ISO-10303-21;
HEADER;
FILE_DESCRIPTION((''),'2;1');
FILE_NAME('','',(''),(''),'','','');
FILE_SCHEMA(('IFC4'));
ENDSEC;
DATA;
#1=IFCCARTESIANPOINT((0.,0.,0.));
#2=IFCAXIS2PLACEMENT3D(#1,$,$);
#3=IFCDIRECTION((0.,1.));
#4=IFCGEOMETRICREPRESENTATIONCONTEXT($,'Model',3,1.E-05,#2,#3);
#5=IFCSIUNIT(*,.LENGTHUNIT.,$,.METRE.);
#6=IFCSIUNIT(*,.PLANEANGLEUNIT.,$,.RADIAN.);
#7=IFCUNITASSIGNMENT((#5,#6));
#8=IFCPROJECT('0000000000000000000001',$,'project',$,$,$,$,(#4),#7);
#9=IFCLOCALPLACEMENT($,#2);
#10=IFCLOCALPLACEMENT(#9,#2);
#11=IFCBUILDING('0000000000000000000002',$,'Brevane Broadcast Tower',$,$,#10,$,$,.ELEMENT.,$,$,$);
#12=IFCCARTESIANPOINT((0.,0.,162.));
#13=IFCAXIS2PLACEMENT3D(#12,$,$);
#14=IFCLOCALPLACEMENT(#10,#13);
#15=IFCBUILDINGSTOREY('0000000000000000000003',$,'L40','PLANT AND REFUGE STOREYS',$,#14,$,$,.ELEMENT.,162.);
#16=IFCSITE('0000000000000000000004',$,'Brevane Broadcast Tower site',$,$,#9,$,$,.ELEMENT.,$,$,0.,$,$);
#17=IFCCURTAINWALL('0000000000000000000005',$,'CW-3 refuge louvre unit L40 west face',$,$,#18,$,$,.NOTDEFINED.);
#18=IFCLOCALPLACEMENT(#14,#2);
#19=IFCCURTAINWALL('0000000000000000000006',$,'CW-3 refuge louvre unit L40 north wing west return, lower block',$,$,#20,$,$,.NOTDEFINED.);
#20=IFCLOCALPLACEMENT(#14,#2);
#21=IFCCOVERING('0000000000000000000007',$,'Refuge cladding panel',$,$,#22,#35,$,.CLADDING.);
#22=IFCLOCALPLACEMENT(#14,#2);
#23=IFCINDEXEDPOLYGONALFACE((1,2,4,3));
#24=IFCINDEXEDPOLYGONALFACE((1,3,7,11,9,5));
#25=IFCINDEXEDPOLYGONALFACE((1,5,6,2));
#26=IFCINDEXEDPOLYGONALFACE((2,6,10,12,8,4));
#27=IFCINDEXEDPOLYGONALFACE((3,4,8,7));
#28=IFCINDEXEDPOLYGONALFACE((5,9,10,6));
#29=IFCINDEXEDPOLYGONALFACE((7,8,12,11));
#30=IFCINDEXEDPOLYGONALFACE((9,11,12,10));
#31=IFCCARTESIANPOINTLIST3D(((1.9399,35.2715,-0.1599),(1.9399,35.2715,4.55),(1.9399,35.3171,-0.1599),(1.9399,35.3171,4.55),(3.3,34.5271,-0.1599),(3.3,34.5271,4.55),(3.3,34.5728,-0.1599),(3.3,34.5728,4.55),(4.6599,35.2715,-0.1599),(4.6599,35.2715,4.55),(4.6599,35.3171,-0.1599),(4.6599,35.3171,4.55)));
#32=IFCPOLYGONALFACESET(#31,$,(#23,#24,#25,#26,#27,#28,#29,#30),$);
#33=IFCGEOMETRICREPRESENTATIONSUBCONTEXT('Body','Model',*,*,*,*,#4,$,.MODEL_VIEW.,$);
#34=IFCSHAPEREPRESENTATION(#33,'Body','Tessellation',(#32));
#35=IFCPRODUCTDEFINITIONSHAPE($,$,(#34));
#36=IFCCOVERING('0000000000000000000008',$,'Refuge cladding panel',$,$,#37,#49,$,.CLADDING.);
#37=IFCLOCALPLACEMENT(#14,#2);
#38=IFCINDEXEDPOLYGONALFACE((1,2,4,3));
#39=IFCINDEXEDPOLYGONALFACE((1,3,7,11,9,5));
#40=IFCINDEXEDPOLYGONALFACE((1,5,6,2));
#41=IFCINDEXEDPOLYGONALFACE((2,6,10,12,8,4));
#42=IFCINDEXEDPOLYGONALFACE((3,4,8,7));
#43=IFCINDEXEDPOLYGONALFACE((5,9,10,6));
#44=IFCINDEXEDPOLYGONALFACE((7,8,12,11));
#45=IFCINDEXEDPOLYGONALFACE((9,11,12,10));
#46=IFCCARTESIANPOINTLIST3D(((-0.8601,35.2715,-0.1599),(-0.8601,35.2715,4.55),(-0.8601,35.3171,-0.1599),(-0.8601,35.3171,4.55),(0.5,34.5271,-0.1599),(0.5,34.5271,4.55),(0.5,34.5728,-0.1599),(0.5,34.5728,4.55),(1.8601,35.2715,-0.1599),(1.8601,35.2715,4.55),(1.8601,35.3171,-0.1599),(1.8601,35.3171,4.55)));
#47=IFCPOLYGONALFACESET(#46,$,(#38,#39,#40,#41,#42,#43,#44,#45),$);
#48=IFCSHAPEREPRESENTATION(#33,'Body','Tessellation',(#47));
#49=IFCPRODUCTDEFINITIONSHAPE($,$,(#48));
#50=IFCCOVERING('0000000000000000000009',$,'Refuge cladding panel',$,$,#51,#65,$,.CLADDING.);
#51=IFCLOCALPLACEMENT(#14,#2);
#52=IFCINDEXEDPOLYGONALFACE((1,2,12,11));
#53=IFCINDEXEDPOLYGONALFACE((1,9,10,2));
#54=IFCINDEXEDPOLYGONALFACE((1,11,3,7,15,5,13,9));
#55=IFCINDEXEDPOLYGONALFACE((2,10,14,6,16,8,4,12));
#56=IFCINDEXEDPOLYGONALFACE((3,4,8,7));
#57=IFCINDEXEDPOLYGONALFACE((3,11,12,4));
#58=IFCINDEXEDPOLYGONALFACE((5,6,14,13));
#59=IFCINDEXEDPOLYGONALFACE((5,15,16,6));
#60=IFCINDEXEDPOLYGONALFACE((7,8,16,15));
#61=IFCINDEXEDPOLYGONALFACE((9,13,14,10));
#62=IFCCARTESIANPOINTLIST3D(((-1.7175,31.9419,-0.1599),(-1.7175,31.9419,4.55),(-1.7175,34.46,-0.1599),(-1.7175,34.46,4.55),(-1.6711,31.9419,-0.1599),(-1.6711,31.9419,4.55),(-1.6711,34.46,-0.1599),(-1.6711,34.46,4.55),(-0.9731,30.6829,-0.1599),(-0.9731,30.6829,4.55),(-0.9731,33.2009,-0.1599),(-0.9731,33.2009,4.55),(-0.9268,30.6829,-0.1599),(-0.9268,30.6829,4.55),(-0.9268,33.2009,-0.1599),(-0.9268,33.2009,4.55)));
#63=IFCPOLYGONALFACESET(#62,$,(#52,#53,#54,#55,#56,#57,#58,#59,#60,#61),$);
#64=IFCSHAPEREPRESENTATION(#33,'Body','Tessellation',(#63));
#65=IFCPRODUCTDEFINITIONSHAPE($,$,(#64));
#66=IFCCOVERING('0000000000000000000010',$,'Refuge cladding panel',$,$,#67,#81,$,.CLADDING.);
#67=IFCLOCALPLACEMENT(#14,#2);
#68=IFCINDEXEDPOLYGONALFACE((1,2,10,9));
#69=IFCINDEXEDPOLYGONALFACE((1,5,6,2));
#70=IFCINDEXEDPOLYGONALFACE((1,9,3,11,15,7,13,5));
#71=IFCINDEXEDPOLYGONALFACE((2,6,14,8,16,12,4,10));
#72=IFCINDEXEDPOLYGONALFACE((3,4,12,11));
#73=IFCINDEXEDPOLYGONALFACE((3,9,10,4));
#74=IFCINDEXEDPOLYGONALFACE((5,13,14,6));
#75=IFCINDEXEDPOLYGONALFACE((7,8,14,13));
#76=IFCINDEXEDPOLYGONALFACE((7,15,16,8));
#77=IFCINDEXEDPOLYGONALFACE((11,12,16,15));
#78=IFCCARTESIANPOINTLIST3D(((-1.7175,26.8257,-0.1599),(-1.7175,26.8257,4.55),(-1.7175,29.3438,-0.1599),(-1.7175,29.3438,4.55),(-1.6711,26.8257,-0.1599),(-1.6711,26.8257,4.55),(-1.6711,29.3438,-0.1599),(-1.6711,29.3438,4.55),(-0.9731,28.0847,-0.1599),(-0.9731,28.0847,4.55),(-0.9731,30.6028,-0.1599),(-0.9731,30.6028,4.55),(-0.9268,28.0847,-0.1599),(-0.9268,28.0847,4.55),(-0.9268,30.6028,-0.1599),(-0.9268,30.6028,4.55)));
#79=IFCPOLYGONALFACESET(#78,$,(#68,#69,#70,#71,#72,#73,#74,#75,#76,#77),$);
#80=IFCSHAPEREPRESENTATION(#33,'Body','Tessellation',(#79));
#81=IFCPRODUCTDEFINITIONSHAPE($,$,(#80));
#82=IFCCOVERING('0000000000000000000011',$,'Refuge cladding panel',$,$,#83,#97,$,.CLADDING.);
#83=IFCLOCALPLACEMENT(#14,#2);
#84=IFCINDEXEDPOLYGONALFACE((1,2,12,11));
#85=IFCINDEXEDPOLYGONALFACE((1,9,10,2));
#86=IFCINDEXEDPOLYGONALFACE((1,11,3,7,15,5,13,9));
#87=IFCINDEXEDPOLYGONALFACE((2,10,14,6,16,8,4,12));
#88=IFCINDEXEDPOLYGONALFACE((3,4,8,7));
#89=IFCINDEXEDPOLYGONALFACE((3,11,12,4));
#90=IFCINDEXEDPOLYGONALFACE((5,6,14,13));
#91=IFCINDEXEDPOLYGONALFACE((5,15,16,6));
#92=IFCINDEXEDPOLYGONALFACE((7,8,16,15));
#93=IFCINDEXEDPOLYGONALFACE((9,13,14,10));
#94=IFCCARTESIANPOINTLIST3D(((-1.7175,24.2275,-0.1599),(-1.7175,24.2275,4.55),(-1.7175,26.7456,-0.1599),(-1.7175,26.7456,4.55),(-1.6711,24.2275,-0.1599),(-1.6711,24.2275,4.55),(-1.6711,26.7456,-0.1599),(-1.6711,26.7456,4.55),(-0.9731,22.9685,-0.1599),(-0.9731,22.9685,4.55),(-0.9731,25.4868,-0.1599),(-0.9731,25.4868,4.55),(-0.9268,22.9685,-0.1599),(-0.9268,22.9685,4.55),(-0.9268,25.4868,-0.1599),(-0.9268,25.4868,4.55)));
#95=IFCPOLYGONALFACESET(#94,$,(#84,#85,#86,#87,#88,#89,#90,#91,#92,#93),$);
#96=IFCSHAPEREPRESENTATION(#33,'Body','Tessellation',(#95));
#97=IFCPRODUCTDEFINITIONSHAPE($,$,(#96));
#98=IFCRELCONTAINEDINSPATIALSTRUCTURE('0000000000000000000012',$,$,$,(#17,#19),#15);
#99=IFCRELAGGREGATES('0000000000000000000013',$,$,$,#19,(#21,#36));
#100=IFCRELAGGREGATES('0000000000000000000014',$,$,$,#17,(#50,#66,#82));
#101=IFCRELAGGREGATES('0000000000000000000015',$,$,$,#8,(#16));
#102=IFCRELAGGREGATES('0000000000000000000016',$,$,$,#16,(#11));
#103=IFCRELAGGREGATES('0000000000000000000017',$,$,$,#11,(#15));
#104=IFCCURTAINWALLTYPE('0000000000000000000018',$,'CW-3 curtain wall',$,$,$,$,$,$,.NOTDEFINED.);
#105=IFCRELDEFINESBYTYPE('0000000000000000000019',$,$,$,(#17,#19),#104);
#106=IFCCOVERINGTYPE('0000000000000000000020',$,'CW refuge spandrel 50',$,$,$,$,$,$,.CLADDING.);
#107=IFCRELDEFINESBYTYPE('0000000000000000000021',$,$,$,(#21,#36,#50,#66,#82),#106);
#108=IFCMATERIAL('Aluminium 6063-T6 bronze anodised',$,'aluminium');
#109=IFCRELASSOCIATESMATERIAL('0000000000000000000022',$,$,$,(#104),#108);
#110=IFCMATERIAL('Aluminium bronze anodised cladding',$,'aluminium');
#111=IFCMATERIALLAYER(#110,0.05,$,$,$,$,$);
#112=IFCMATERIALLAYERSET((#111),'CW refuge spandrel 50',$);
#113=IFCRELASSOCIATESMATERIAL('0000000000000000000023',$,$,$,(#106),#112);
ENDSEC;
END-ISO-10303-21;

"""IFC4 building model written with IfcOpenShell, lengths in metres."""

from ifc_helpers import new_model, si_unit, direction, frame, origin, place, context, subcontext, project, spatial, polyline, outline, extrude, material, layer, layer_set, type_object, element, aggregate, save


model = new_model("IFC4")

# Units and contexts
model_context = context("Model", 3, precision=1e-05, world=origin(), true_north=direction((0.0, 1.0)))
body_context = subcontext(model_context, "Body", "Model", "MODEL_VIEW")
ifc_project = project(units=[si_unit("LENGTHUNIT", "METRE"), si_unit("PLANEANGLEUNIT", "RADIAN")], contexts=[model_context])

# Site, building, storey
site_placement = place(None, origin())
site = spatial("IfcSite", under=ifc_project, at=site_placement, Name="Brevane Broadcast Tower site", CompositionType="ELEMENT", RefElevation=0.0)
building_placement = place(site_placement, origin())
building = spatial("IfcBuilding", under=site, at=building_placement, Name="Brevane Broadcast Tower", CompositionType="ELEMENT")
storey_placement = place(building_placement, frame((0.0, 0.0, 162.0)))
storey = spatial("IfcBuildingStorey", under=building, at=storey_placement, Name="L40", Description="PLANT AND REFUGE STOREYS", CompositionType="ELEMENT", Elevation=162.0)

# Curtain wall
ifc_material_1 = material(Name="Aluminium 6063-T6 bronze anodised", Category="aluminium")
curtain_wall_type = type_object("IfcCurtainWallType", Name="CW-3 curtain wall", PredefinedType="NOTDEFINED", material=ifc_material_1)
curtain_wall_1_placement = place(storey_placement, origin())
curtain_wall_1 = element("IfcCurtainWall", 1, at=curtain_wall_1_placement, inside=storey, type_object=curtain_wall_type, Name="CW-3 refuge louvre unit L40 west face", PredefinedType="NOTDEFINED")

# Curtain wall, coverings
ifc_material_2 = material(Name="Aluminium bronze anodised cladding", Category="aluminium")
ifc_layer = layer(ifc_material_2, 0.05)
ifc_layer_set = layer_set([ifc_layer], Name="CW refuge spandrel 50")
covering_type = type_object("IfcCoveringType", Name="CW refuge spandrel 50", PredefinedType="CLADDING", material=ifc_layer_set)
curtain_wall_2_placement = place(storey_placement, origin())
curtain_wall_2 = element("IfcCurtainWall", 2, at=curtain_wall_2_placement, inside=storey, type_object=curtain_wall_type, Name="CW-3 refuge louvre unit L40 north wing west return, lower block", PredefinedType="NOTDEFINED")
covering_1_placement = place(storey_placement, frame((0.0, 0.0, -0.1599)))
covering_1 = element("IfcCovering", 3, at=covering_1_placement, type_object=covering_type, Name="Refuge cladding panel", PredefinedType="CLADDING", context=body_context, shape_type="SweptSolid", body=[
    extrude(outline(polyline([(4.6599, 35.2715), (4.6599, 35.3171), (3.3, 34.5728), (1.9399, 35.3171), (1.9399, 35.2715), (3.3, 34.5271), (4.6599, 35.2715)])), origin(), (0.0, 0.0, 1.0), 4.71),
])
covering_2_placement = place(storey_placement, frame((0.0, 0.0, -0.1599)))
covering_2 = element("IfcCovering", 4, at=covering_2_placement, type_object=covering_type, Name="Refuge cladding panel", PredefinedType="CLADDING", context=body_context, shape_type="SweptSolid", body=[
    extrude(outline(polyline([(1.8601, 35.2715), (1.8601, 35.3171), (0.5, 34.5728), (-0.8601, 35.3171), (-0.8601, 35.2715), (0.5, 34.5271), (1.8601, 35.2715)])), origin(), (0.0, 0.0, 1.0), 4.71),
])
aggregate(curtain_wall_2, [covering_1, covering_2])

# Coverings
covering_3_placement = place(storey_placement, frame((0.0, 0.0, -0.1599)))
covering_3 = element("IfcCovering", 5, at=covering_3_placement, type_object=covering_type, Name="Refuge cladding panel", PredefinedType="CLADDING", context=body_context, shape_type="SweptSolid", body=[
    extrude(outline(polyline([(-1.6711, 34.46), (-1.7175, 34.46), (-0.9731, 33.2009), (-1.7175, 31.9419), (-0.9731, 30.6829), (-0.9268, 30.6829), (-1.6711, 31.9419), (-0.9268, 33.2009), (-1.6711, 34.46)])), origin(), (0.0, 0.0, 1.0), 4.71),
])
covering_4_placement = place(storey_placement, frame((0.0, 0.0, -0.1599)))
covering_4 = element("IfcCovering", 6, at=covering_4_placement, type_object=covering_type, Name="Refuge cladding panel", PredefinedType="CLADDING", context=body_context, shape_type="SweptSolid", body=[
    extrude(outline(polyline([(-0.9268, 30.6028), (-0.9731, 30.6028), (-1.7175, 29.3438), (-0.9731, 28.0847), (-1.7175, 26.8257), (-1.6711, 26.8257), (-0.9268, 28.0847), (-1.6711, 29.3438), (-0.9268, 30.6028)])), origin(), (0.0, 0.0, 1.0), 4.71),
])
covering_5_placement = place(storey_placement, frame((0.0, 0.0, -0.1599)))
covering_5 = element("IfcCovering", 7, at=covering_5_placement, type_object=covering_type, Name="Refuge cladding panel", PredefinedType="CLADDING", context=body_context, shape_type="SweptSolid", body=[
    extrude(outline(polyline([(-1.6711, 26.7456), (-1.7175, 26.7456), (-0.9731, 25.4868), (-1.7175, 24.2275), (-0.9731, 22.9685), (-0.9268, 22.9685), (-1.6711, 24.2275), (-0.9268, 25.4868), (-1.6711, 26.7456)])), origin(), (0.0, 0.0, 1.0), 4.71),
])
aggregate(curtain_wall_1, [covering_3, covering_4, covering_5])

save(model, "model.ifc")
